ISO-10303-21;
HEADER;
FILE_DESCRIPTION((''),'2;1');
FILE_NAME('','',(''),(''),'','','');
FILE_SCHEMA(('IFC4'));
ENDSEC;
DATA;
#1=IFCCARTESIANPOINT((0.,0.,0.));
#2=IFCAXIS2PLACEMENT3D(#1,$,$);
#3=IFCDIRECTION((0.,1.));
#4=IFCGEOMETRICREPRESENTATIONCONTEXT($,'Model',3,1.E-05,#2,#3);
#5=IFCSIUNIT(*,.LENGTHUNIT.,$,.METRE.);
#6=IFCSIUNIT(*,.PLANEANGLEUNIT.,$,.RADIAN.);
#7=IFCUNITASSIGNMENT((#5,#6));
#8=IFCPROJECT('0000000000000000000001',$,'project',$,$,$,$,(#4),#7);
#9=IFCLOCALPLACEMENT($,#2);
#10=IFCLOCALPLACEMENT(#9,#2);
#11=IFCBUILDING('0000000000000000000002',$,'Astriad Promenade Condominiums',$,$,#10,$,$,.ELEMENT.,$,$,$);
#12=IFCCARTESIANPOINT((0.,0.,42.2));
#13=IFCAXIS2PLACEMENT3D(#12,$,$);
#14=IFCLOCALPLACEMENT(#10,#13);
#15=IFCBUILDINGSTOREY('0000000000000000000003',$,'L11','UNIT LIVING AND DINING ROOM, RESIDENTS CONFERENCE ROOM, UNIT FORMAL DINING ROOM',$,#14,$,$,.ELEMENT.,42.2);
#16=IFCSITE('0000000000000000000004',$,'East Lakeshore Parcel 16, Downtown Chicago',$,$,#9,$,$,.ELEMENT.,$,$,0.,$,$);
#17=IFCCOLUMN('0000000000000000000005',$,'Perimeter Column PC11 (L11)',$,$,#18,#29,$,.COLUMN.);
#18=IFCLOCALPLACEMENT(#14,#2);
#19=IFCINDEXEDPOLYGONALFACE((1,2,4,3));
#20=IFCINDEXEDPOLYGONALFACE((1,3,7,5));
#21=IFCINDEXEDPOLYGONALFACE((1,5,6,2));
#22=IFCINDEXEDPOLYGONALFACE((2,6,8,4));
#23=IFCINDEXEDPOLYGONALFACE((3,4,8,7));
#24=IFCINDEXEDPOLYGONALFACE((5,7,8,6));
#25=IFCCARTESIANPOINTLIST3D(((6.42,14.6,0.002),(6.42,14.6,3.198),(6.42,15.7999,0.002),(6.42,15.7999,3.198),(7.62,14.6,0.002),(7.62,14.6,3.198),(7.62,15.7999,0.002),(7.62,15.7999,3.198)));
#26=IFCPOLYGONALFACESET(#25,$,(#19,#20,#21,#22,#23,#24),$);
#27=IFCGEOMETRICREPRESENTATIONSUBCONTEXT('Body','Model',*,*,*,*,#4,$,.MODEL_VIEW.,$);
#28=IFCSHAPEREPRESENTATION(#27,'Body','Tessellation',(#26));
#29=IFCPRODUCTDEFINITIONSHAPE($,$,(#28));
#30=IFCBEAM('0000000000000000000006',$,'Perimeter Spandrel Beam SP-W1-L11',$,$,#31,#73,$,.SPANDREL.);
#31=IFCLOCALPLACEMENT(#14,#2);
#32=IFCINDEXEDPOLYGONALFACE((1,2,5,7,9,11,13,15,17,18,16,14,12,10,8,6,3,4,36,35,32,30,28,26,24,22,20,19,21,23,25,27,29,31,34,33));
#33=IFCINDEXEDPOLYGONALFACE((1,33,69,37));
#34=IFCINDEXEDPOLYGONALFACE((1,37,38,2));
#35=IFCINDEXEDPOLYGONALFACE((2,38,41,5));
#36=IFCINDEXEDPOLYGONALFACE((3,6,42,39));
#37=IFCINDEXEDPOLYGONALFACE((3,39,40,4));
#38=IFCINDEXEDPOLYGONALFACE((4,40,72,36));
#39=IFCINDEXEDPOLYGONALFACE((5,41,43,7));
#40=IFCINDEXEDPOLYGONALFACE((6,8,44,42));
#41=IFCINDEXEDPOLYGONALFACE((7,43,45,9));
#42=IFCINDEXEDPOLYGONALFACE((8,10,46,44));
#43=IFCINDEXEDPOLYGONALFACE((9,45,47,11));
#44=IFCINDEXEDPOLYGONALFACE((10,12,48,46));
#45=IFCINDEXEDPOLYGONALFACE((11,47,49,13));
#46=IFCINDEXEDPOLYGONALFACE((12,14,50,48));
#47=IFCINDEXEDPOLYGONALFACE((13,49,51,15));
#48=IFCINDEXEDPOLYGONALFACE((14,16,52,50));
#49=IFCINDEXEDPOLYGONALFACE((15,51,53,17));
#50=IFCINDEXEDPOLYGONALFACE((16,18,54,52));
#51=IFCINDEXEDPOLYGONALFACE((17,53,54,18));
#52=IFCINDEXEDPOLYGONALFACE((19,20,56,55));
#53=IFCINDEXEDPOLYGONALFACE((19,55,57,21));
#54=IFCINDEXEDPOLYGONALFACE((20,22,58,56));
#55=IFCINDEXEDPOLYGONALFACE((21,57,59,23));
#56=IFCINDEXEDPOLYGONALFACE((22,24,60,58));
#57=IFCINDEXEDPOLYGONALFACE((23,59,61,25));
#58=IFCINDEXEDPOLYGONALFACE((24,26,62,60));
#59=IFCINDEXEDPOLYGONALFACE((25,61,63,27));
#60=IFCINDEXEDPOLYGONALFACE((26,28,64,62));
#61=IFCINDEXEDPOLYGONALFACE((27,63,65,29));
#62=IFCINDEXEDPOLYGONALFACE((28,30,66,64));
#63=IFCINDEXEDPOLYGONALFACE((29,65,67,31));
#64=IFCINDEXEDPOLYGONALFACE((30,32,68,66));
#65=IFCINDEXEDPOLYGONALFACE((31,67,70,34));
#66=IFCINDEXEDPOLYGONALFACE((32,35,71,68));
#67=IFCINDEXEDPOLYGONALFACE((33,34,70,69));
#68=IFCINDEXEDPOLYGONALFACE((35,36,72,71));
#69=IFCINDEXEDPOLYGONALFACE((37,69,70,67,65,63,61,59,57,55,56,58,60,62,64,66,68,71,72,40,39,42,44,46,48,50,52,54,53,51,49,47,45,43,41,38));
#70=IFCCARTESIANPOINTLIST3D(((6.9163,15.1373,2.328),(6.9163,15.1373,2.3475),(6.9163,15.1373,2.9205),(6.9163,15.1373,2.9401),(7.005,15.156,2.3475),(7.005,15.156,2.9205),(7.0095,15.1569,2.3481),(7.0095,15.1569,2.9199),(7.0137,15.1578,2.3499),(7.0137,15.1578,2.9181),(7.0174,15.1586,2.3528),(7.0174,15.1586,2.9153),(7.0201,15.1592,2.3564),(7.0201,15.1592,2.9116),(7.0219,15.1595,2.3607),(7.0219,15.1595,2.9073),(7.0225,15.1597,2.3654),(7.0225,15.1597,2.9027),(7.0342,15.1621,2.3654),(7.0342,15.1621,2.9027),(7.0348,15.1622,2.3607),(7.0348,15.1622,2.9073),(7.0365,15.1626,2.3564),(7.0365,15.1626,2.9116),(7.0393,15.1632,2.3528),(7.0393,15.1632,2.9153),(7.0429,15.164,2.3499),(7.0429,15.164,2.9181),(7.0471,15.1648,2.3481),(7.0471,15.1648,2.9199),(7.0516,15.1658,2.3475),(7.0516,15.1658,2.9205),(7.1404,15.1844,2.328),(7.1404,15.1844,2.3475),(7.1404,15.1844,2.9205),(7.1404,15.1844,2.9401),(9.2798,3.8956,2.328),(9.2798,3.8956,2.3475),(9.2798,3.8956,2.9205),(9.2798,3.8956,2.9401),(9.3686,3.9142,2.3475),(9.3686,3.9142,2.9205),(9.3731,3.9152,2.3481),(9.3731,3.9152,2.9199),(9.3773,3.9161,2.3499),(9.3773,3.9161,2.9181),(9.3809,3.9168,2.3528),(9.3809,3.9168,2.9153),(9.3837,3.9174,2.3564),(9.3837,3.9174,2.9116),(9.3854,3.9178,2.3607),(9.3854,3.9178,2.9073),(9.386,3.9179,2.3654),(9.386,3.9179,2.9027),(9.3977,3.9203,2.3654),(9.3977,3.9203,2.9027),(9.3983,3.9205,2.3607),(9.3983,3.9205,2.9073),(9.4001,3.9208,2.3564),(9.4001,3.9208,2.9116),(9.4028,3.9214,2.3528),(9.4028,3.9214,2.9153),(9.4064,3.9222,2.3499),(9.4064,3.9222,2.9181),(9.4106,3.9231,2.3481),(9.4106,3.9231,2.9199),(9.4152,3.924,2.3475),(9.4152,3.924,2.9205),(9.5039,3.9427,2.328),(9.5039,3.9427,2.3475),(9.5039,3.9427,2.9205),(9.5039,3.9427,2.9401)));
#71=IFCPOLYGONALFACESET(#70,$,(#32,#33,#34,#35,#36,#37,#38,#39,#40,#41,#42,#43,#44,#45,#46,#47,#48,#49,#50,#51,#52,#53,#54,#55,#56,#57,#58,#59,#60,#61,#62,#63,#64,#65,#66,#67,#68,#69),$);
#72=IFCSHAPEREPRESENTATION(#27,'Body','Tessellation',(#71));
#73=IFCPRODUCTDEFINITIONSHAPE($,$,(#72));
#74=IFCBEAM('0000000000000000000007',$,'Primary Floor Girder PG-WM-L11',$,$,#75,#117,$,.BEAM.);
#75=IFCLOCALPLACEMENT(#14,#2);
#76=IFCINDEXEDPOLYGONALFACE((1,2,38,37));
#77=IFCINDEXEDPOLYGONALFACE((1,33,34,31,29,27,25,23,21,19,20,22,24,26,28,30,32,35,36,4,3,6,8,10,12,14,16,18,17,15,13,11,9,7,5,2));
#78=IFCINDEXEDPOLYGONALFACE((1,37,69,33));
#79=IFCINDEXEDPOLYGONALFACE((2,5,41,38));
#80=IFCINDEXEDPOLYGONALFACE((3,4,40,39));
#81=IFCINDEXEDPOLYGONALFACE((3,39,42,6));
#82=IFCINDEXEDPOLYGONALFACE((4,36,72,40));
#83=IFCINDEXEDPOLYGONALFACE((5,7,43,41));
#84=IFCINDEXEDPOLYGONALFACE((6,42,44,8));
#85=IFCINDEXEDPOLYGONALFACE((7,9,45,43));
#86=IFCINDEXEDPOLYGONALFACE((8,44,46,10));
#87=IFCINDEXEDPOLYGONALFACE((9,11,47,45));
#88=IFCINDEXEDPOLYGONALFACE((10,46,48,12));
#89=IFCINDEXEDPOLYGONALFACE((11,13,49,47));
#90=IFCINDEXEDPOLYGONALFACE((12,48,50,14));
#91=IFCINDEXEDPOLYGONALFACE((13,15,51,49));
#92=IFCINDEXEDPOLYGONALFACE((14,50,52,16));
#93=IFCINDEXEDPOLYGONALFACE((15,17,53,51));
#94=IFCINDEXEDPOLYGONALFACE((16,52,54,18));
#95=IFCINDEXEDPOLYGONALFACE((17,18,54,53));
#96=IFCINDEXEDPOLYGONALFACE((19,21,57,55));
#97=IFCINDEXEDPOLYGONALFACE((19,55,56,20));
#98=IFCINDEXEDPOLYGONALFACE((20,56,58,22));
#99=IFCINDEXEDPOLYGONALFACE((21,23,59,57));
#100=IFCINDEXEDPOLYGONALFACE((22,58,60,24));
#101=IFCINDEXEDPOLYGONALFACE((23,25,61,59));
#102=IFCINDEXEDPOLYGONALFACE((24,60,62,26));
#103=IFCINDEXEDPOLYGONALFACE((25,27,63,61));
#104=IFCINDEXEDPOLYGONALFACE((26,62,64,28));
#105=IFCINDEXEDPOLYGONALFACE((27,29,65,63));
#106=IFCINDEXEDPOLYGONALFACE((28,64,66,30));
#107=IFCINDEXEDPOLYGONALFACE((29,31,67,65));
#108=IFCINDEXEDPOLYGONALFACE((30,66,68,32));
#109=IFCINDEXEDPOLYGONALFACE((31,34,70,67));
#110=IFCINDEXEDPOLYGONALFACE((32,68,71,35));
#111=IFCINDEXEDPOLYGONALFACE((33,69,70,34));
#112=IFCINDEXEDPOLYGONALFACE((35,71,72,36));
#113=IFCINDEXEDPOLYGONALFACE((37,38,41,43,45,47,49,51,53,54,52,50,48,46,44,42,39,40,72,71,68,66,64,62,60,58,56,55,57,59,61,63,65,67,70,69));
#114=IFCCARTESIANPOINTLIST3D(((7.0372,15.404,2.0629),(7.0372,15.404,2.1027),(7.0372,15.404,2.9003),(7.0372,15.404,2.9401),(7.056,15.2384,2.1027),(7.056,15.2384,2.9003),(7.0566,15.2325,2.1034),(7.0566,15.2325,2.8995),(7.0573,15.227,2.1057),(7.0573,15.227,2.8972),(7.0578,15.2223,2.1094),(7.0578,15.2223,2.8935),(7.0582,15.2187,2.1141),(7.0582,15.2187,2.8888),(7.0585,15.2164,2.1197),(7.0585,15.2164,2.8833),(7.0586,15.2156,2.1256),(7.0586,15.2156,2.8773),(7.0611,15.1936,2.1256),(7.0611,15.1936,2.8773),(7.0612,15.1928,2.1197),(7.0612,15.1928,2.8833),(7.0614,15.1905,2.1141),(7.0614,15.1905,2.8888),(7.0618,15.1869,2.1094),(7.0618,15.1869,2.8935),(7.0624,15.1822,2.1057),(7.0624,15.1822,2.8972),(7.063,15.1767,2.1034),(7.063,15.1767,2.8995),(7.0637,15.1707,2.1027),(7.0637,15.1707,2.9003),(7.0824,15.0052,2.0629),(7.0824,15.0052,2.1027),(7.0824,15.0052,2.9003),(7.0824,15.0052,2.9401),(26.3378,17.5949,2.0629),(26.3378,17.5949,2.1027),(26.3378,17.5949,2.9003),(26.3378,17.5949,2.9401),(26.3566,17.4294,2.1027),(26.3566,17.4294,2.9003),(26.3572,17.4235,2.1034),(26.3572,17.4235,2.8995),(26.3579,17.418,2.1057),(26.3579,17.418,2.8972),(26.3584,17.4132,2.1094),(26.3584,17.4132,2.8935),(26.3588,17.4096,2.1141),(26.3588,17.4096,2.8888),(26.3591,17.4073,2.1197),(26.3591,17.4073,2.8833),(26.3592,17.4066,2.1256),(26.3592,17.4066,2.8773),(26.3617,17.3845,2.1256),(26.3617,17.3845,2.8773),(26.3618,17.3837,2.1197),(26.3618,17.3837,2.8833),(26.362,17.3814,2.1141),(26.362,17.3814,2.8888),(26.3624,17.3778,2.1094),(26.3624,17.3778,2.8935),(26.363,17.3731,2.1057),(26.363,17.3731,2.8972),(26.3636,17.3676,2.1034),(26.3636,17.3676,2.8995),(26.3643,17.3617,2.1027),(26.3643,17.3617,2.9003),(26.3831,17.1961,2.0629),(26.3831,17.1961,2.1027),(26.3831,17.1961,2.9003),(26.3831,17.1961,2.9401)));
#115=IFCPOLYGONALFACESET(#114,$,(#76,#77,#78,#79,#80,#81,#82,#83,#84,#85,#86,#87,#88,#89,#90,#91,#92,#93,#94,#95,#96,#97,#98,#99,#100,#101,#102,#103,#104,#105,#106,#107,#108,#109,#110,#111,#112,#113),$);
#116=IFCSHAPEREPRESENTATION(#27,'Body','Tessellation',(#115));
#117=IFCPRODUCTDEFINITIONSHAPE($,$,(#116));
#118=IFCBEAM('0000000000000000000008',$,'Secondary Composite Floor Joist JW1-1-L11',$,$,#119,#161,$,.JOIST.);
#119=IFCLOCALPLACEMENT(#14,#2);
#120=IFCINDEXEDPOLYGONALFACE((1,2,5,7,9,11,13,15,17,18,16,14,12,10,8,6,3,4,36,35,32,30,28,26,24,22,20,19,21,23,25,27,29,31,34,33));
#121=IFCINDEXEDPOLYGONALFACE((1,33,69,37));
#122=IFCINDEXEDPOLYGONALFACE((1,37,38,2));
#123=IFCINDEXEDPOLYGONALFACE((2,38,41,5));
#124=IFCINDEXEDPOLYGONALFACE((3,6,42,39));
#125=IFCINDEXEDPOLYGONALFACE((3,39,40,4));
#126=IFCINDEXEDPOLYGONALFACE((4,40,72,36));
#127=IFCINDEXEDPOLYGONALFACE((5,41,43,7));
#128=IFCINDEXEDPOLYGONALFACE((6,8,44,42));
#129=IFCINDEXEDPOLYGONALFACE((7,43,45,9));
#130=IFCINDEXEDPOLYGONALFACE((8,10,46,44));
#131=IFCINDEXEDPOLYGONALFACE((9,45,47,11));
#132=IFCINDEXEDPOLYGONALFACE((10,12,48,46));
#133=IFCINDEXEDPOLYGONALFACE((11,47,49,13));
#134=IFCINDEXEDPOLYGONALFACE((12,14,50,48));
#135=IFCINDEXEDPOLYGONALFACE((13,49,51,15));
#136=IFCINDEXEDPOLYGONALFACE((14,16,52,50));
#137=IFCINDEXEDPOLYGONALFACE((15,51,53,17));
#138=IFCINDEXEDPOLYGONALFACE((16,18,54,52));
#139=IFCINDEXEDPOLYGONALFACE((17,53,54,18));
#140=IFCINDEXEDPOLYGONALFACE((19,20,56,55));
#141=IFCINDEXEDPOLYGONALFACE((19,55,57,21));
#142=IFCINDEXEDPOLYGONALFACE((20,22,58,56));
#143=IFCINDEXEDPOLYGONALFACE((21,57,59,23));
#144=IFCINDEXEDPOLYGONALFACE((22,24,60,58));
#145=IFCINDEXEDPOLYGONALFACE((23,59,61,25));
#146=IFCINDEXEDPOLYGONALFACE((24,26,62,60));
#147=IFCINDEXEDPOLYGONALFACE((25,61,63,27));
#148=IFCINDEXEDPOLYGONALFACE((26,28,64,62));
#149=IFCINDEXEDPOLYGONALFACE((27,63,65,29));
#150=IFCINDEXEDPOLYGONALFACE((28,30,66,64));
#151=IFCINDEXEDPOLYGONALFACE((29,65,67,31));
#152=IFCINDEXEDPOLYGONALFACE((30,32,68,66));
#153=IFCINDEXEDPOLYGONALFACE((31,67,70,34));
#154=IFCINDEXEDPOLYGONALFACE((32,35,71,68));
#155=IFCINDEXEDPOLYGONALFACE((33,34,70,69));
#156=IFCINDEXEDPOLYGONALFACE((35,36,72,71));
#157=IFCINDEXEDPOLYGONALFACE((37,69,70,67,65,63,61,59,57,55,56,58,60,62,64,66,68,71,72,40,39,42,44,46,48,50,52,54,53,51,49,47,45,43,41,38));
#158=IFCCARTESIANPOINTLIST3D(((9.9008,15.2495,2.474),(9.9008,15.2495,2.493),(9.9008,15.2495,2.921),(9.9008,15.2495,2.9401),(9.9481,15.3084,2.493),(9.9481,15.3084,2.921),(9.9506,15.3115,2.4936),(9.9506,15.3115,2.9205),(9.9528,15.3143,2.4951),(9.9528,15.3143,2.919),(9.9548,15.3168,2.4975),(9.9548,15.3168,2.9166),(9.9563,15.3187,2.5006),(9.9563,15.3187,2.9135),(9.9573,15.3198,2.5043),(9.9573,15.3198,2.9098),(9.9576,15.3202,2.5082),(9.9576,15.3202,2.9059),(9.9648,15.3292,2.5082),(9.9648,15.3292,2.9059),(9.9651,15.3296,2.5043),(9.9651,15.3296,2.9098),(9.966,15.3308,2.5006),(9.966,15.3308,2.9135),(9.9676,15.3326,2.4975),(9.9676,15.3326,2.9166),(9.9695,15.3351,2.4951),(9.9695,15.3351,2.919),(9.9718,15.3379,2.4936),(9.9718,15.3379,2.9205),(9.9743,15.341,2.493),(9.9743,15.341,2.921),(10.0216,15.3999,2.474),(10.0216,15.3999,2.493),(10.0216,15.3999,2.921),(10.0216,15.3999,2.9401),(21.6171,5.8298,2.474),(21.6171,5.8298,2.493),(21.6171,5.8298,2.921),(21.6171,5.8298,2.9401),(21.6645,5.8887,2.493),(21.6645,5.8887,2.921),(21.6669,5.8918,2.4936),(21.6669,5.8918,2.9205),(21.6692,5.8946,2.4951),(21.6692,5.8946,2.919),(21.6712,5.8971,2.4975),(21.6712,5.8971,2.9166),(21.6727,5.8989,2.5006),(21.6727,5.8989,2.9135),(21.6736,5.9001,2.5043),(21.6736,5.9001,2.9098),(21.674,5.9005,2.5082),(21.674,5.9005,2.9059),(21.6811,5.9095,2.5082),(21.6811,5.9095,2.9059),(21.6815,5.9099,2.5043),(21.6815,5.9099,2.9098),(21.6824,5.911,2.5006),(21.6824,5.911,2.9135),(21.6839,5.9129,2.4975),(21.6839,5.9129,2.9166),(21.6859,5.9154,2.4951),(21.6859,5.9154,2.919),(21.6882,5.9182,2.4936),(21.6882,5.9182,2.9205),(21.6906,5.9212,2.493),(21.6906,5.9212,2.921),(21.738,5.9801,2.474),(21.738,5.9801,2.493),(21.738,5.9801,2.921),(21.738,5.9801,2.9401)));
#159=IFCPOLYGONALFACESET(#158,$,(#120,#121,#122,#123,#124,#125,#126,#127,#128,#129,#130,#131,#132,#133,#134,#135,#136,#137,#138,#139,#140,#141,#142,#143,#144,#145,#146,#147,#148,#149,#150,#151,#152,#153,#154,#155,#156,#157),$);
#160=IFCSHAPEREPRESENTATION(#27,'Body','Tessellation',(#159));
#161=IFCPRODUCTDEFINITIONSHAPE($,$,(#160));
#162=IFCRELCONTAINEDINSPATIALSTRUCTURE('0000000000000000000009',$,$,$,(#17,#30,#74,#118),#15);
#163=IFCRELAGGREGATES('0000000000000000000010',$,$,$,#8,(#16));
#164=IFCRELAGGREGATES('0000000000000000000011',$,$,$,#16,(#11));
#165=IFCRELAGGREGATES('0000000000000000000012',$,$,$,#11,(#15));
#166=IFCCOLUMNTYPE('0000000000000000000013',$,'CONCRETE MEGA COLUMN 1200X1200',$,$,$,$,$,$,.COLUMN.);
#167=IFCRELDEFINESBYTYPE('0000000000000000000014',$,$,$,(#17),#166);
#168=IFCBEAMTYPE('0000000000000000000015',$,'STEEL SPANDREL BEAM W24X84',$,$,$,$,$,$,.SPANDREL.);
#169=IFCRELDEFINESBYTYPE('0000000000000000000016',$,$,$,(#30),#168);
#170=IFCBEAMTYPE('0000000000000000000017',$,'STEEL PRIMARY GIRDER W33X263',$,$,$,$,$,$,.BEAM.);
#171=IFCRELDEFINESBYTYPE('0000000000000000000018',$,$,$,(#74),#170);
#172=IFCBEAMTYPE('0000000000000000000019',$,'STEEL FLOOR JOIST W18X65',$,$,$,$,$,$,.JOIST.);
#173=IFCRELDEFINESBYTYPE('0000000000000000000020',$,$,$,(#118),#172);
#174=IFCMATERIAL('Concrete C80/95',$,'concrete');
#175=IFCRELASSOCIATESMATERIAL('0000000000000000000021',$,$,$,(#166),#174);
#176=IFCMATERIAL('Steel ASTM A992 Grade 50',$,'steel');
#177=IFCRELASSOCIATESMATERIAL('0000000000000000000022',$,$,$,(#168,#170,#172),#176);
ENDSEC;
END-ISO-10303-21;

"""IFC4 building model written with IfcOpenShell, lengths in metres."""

from ifc_helpers import new_model, si_unit, direction, frame, origin, origin_2d, place, context, subcontext, project, spatial, rectangle, i_section, extrude, source, transform, mapped, material, material_profile, profile_set, type_object, type_shapes, element, save


model = new_model("IFC4")

# Units and contexts
model_context = context("Model", 3, precision=1e-05, world=origin(), true_north=direction((0.0, 1.0)))
body_context = subcontext(model_context, "Body", "Model", "MODEL_VIEW")
ifc_project = project(units=[si_unit("LENGTHUNIT", "METRE"), si_unit("PLANEANGLEUNIT", "RADIAN")], contexts=[model_context])

# Site, building, storey
site_placement = place(None, origin())
site = spatial("IfcSite", under=ifc_project, at=site_placement, Name="East Lakeshore Parcel 16, Downtown Chicago", CompositionType="ELEMENT", RefElevation=0.0)
building_placement = place(site_placement, origin())
building = spatial("IfcBuilding", under=site, at=building_placement, Name="Astriad Promenade Condominiums", CompositionType="ELEMENT")
storey_placement = place(building_placement, frame((0.0, 0.0, 42.2)))
storey = spatial("IfcBuildingStorey", under=building, at=storey_placement, Name="L11", Description="UNIT LIVING AND DINING ROOM, RESIDENTS CONFERENCE ROOM, UNIT FORMAL DINING ROOM", CompositionType="ELEMENT", Elevation=42.2)

# Column
ifc_material_1 = material(Name="Concrete C80/95", Category="concrete")
ifc_material_profile_1 = material_profile(ifc_material_1, rectangle(XDim=1.2, YDim=1.2, at=origin_2d()), Name="RC-COL-1200X1200")
ifc_profile_set_1 = profile_set([ifc_material_profile_1], Name="Concrete C80/95")
column_type = type_object("IfcColumnType", Name="CONCRETE MEGA COLUMN 1200X1200", PredefinedType="COLUMN", material=ifc_profile_set_1)
shared_shape_1 = source(origin(), body_context, "Body", "SweptSolid", [
    extrude(rectangle(XDim=1.2, YDim=1.2, at=origin_2d()), origin(), (0.0, 0.0, 1.0), 3.196),
])
type_shapes(column_type, [shared_shape_1])
column_placement = place(storey_placement, frame((7.02, 15.2, 0.002), z_axis=(0.0, 0.0, 1.0), x_axis=(1.0, 0.0, 0.0)))
element("IfcColumn", 1, at=column_placement, inside=storey, type_object=column_type, Name="Perimeter Column PC11 (L11)", PredefinedType="COLUMN", context=body_context, shape_type="MappedRepresentation", body=[
    mapped(shared_shape_1, transform((0.0, 0.0, 0.0), scale=1.0)),
])

# Beams
ifc_material_2 = material(Name="Steel ASTM A992 Grade 50", Category="steel")
ifc_material_profile_2 = material_profile(ifc_material_2, i_section(OverallWidth=0.229, OverallDepth=0.6121, WebThickness=0.012, FlangeThickness=0.0195, FilletRadius=0.0178, at=origin_2d()), Name="W24X84")
ifc_profile_set_2 = profile_set([ifc_material_profile_2], Name="Steel ASTM A992 Grade 50")
beam_type_1 = type_object("IfcBeamType", Name="STEEL SPANDREL BEAM W24X84", PredefinedType="SPANDREL", material=ifc_profile_set_2)
shared_shape_2 = source(origin(), body_context, "Body", "SweptSolid", [
    extrude(i_section(OverallWidth=0.229, OverallDepth=0.6121, WebThickness=0.012, FlangeThickness=0.0195, FilletRadius=0.0178, at=origin_2d()), origin(), (0.0, 0.0, 1.0), 11.4875),
])
type_shapes(beam_type_1, [shared_shape_2])
beam_1_placement = place(storey_placement, frame((7.0283, 15.1609, 2.634), z_axis=(0.205748, -0.978605, 0.0), x_axis=(0.978605, 0.205748, 0.0)))
element("IfcBeam", 2, at=beam_1_placement, inside=storey, type_object=beam_type_1, Name="Perimeter Spandrel Beam SP-W1-L11", PredefinedType="SPANDREL", context=body_context, shape_type="MappedRepresentation", body=[
    mapped(shared_shape_2, transform((0.0, 0.0, 0.0), scale=1.0)),
])
ifc_material_profile_3 = material_profile(ifc_material_2, i_section(OverallWidth=0.4014, OverallDepth=0.8772, WebThickness=0.0222, FlangeThickness=0.0398, FilletRadius=0.0229, at=origin_2d()), Name="W33X263")
ifc_profile_set_3 = profile_set([ifc_material_profile_3], Name="Steel ASTM A992 Grade 50")
beam_type_2 = type_object("IfcBeamType", Name="STEEL PRIMARY GIRDER W33X263", PredefinedType="BEAM", material=ifc_profile_set_3)
shared_shape_3 = source(origin(), body_context, "Body", "SweptSolid", [
    extrude(i_section(OverallWidth=0.4014, OverallDepth=0.8772, WebThickness=0.0222, FlangeThickness=0.0398, FilletRadius=0.0229, at=origin_2d()), origin(), (0.0, 0.0, 1.0), 19.4246),
])
type_shapes(beam_type_2, [shared_shape_3])
beam_2_placement = place(storey_placement, frame((7.0598, 15.2046, 2.5015), z_axis=(0.993619, 0.112792, 0.0), x_axis=(-0.112792, 0.993619, 0.0)))
element("IfcBeam", 3, at=beam_2_placement, inside=storey, type_object=beam_type_2, Name="Primary Floor Girder PG-WM-L11", PredefinedType="BEAM", context=body_context, shape_type="MappedRepresentation", body=[
    mapped(shared_shape_3, transform((0.0, 0.0, 0.0), scale=1.0)),
])
ifc_material_profile_4 = material_profile(ifc_material_2, i_section(OverallWidth=0.1929, OverallDepth=0.4661, WebThickness=0.0115, FlangeThickness=0.019, FilletRadius=0.0151, at=origin_2d()), Name="W18X65")
ifc_profile_set_4 = profile_set([ifc_material_profile_4], Name="Steel ASTM A992 Grade 50")
beam_type_3 = type_object("IfcBeamType", Name="STEEL FLOOR JOIST W18X65", PredefinedType="JOIST", material=ifc_profile_set_4)
shared_shape_4 = source(origin(), body_context, "Body", "SweptSolid", [
    extrude(i_section(OverallWidth=0.1929, OverallDepth=0.4661, WebThickness=0.0115, FlangeThickness=0.019, FilletRadius=0.0151, at=origin_2d()), origin(), (0.0, 0.0, 1.0), 15.0334),
])
beam_3_placement = place(storey_placement, frame((9.9612, 15.3247, 2.707), z_axis=(0.779353, -0.626585, 0.0), x_axis=(0.626585, 0.779353, 0.0)))
element("IfcBeam", 4, at=beam_3_placement, inside=storey, type_object=beam_type_3, Name="Secondary Composite Floor Joist JW1-1-L11", PredefinedType="JOIST", context=body_context, shape_type="MappedRepresentation", body=[
    mapped(shared_shape_4, transform((0.0, 0.0, 0.0), scale=1.0)),
])

save(model, "model.ifc")
